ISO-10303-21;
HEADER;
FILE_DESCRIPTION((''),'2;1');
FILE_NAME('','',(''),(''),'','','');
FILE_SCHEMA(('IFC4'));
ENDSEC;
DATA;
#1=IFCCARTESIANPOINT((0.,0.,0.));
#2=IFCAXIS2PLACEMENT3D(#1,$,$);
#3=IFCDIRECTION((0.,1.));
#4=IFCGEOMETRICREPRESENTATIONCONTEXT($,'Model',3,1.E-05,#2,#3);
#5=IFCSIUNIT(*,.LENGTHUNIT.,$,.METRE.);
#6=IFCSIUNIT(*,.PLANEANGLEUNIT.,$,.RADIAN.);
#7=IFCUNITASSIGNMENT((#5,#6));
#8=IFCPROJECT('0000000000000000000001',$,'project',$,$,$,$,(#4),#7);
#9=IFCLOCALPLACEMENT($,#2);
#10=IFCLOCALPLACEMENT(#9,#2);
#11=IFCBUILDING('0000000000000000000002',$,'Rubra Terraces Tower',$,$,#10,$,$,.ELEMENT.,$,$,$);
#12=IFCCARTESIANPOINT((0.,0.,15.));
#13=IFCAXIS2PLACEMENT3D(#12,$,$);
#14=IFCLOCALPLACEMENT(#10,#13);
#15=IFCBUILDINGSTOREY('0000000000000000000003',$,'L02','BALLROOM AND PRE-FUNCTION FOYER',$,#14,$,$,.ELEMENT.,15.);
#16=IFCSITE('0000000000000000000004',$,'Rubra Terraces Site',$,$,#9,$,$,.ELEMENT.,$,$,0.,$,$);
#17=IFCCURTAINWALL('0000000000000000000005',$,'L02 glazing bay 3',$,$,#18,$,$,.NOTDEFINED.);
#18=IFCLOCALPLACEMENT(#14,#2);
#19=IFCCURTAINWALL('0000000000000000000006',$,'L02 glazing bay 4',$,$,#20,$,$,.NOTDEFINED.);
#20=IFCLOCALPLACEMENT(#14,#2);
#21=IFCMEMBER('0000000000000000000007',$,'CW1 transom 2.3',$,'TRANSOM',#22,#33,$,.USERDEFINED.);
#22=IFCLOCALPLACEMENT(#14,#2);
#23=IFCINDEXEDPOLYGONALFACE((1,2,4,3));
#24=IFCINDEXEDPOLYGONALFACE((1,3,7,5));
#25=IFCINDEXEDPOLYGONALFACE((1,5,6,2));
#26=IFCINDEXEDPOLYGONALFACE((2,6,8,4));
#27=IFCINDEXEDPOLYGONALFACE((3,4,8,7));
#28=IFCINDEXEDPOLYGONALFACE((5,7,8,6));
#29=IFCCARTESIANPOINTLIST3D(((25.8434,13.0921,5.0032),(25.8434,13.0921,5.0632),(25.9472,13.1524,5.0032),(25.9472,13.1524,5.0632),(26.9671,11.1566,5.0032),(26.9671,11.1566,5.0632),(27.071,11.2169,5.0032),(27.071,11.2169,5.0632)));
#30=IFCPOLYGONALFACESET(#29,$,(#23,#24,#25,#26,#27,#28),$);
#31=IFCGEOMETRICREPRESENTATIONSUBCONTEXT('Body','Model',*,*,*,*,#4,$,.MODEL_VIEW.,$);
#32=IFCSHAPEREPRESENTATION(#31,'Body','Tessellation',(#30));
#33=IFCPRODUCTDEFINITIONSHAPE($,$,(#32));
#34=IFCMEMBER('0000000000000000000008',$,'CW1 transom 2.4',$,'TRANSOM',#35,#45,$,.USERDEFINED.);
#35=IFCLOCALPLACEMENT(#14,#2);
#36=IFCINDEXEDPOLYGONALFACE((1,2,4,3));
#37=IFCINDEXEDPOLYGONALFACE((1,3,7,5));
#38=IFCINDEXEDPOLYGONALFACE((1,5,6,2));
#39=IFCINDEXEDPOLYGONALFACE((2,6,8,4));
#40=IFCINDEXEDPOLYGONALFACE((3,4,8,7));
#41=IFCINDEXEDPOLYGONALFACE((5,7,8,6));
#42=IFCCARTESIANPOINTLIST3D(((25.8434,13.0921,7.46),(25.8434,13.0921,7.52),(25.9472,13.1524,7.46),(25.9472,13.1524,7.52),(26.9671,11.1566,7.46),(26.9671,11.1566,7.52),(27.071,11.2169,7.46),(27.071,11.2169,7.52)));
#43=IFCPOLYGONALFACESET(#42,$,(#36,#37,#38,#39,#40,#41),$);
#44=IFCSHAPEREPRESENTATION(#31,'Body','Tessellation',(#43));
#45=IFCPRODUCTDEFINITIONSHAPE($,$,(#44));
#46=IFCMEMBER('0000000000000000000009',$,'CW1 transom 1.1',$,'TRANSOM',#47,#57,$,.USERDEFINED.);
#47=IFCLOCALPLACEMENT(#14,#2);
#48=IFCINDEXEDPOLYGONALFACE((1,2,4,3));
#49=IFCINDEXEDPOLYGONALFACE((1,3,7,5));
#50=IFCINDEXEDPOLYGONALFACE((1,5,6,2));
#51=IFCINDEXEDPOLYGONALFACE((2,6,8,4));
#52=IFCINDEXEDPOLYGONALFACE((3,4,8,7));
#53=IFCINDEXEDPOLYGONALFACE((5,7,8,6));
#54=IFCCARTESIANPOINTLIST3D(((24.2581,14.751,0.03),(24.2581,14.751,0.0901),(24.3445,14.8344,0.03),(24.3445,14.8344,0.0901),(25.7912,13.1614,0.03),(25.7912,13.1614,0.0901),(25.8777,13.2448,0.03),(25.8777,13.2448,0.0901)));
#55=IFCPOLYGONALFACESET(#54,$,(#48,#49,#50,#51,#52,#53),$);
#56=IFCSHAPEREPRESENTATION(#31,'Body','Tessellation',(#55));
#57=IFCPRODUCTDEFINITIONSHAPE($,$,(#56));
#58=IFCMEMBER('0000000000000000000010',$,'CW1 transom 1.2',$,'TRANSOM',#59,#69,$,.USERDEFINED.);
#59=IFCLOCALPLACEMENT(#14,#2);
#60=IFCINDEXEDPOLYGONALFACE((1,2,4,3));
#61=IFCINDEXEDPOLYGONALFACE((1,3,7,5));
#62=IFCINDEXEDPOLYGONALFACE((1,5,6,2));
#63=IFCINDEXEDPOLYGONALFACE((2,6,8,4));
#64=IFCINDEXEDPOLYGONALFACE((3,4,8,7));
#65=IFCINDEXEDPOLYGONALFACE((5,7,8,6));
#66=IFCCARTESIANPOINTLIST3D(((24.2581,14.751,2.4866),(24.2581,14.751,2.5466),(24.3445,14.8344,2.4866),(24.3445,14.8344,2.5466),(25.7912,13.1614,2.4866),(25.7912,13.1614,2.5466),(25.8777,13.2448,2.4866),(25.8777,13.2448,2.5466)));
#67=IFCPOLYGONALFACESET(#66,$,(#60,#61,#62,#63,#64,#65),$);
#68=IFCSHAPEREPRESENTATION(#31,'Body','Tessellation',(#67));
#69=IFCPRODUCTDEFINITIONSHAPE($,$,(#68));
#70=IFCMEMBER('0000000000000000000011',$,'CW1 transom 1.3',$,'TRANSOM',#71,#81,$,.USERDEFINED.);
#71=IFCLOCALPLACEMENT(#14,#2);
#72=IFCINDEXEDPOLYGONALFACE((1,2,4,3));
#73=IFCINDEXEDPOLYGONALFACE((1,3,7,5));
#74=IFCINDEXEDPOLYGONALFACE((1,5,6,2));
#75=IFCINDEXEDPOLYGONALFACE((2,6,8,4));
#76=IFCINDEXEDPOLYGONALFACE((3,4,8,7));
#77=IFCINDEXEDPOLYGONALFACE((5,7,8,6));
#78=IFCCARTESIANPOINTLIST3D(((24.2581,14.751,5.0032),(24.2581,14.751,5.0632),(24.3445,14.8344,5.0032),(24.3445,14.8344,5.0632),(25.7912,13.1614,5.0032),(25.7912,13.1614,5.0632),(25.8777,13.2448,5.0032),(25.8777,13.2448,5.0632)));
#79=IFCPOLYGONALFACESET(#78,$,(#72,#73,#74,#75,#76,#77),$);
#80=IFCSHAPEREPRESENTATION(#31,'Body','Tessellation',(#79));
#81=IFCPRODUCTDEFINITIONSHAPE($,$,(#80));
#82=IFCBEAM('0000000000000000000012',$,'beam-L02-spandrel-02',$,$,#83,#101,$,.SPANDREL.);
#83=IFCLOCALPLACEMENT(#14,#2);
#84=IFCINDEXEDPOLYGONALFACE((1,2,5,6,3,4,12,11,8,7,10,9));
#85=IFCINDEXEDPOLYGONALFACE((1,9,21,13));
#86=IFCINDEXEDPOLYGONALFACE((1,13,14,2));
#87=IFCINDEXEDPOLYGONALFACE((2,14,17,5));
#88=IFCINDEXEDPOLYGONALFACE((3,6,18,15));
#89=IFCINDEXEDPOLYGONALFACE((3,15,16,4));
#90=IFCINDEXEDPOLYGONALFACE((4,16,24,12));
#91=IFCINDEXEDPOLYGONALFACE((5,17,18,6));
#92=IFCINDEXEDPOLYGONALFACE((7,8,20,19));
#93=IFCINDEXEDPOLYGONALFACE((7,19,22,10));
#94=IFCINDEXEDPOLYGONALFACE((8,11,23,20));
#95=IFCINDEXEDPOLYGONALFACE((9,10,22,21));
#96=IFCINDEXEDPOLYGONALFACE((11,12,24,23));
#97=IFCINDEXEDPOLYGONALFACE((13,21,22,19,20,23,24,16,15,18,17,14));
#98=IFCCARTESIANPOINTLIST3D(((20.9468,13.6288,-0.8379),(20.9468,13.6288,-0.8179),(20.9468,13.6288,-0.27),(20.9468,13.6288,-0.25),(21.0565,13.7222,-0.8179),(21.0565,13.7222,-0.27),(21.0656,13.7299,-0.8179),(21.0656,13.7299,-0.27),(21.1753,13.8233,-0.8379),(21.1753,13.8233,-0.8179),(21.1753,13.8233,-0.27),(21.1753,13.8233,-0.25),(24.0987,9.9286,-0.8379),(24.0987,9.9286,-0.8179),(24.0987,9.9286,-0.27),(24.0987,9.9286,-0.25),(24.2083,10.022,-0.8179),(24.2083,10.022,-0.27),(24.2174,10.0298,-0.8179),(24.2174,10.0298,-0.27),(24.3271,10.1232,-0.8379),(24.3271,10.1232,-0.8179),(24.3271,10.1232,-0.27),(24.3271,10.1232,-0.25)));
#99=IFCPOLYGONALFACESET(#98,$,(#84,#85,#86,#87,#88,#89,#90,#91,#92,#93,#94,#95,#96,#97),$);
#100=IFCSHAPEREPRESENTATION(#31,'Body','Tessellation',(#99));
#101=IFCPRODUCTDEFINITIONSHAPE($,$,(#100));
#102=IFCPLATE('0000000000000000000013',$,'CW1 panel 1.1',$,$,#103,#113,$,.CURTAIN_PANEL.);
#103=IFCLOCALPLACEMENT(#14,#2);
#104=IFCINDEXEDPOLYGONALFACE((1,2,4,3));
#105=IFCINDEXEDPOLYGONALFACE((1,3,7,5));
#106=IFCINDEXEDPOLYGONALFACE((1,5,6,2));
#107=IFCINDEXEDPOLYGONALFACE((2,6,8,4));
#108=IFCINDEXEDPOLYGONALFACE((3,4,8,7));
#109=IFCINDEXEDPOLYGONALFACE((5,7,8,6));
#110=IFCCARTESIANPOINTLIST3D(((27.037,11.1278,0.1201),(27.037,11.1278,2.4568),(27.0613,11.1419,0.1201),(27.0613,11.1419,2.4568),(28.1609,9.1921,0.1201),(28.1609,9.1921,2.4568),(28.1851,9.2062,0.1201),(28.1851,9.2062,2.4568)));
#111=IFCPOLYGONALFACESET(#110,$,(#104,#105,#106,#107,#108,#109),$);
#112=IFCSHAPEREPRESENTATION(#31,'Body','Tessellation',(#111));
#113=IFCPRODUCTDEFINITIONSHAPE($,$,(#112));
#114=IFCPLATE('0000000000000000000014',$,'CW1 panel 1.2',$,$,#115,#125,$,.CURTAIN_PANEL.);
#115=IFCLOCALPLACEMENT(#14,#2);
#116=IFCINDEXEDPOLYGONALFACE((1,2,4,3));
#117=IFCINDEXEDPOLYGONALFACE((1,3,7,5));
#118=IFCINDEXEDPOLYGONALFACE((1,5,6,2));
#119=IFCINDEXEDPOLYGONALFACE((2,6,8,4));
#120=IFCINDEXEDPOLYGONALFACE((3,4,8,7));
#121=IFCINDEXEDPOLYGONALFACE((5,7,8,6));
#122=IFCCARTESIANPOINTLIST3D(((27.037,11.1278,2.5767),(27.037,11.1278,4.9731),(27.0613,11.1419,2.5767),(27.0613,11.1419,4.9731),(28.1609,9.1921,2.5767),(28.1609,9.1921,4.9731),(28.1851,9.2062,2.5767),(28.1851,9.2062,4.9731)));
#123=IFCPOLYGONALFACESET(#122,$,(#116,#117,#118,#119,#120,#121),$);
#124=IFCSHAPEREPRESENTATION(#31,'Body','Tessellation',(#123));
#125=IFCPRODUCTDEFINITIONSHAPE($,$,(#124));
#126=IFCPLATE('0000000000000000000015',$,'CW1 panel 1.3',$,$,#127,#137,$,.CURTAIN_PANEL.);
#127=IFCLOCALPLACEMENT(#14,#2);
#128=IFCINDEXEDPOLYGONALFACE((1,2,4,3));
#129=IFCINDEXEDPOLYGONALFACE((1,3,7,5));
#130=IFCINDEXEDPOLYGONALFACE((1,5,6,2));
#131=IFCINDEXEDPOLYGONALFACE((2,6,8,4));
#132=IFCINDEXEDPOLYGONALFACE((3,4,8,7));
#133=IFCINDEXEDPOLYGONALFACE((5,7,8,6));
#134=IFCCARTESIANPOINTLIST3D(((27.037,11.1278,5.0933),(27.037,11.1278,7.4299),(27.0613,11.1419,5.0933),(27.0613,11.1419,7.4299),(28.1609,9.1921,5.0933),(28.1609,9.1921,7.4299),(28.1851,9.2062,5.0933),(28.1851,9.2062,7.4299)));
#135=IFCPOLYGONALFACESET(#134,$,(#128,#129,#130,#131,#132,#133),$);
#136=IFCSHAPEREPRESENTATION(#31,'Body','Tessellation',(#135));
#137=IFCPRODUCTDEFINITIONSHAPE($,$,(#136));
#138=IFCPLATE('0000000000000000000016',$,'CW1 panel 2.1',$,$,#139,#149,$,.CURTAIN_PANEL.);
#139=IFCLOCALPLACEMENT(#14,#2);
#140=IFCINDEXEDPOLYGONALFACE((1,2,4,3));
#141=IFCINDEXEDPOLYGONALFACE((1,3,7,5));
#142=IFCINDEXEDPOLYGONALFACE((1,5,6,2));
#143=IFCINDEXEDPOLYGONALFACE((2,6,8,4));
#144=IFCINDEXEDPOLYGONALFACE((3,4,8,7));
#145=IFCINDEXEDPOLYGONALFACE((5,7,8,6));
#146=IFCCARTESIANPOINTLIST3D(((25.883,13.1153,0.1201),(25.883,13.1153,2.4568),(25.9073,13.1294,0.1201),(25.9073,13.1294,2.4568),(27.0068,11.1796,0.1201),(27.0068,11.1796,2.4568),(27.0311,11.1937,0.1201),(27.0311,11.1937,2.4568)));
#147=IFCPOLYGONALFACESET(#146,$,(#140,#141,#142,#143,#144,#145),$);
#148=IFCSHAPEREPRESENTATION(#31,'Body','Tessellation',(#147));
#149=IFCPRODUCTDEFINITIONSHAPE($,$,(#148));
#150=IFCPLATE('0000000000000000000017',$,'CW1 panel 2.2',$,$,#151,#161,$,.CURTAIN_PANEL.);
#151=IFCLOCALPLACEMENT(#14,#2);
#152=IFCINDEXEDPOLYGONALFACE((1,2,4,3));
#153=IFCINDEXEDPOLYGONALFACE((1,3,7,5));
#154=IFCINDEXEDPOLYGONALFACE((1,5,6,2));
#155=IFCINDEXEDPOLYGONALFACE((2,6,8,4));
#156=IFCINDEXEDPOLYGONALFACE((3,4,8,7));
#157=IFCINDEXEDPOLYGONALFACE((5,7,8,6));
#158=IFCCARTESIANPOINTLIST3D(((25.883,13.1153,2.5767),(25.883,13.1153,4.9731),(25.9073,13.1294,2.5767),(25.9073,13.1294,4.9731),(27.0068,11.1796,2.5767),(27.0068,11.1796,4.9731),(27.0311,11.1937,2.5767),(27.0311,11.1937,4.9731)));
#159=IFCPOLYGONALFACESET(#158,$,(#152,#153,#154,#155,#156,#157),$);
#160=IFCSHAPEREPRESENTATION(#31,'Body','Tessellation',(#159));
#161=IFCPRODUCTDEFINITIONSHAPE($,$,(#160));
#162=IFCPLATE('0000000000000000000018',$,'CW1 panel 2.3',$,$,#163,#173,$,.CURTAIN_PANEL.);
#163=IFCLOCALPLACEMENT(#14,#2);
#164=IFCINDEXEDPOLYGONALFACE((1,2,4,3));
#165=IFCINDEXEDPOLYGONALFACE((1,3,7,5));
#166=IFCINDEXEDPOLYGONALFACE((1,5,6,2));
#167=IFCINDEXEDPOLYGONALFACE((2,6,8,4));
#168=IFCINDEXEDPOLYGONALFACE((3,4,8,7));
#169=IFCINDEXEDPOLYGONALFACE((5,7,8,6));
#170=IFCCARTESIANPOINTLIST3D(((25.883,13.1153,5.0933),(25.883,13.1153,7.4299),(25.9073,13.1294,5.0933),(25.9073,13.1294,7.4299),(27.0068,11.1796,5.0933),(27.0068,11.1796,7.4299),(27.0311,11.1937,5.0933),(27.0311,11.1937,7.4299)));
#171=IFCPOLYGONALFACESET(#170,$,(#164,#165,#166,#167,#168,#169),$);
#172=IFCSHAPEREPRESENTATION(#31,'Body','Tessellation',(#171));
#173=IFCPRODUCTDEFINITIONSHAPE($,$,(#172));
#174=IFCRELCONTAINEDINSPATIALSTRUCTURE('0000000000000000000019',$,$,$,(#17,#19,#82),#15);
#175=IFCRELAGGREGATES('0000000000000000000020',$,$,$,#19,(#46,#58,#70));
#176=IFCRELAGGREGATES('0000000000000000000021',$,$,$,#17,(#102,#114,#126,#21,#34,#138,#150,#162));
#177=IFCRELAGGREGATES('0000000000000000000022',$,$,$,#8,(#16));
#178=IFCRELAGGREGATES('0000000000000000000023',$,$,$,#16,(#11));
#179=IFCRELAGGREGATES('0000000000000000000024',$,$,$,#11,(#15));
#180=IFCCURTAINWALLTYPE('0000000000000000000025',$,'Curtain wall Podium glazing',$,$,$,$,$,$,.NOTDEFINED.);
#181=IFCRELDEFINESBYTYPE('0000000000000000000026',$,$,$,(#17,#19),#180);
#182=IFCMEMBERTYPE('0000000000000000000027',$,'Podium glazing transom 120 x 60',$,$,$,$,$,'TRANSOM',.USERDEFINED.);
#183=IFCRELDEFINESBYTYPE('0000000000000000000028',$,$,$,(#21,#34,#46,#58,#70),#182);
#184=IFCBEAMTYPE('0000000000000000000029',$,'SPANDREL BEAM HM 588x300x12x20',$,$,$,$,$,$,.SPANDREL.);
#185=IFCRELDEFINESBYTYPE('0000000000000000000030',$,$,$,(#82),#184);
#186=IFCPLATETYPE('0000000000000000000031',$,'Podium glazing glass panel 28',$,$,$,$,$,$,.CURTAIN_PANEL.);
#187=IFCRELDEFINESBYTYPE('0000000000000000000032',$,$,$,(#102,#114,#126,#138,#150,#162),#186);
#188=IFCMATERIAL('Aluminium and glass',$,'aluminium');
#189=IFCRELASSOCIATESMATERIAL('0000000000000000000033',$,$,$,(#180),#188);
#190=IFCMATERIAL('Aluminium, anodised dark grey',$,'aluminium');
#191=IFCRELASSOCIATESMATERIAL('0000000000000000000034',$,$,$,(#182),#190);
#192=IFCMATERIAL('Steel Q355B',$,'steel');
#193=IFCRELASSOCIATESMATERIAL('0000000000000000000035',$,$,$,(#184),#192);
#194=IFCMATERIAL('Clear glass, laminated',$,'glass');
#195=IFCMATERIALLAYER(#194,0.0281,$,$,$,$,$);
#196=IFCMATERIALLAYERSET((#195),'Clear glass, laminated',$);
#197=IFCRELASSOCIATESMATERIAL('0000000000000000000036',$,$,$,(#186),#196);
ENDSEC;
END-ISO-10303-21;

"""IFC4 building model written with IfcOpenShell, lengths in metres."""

from ifc_helpers import new_model, si_unit, direction, frame, origin, origin_2d, place, context, subcontext, project, spatial, rectangle, i_section, extrude, material, layer, layer_set, material_profile, profile_set, type_object, element, aggregate, save


model = new_model("IFC4")

# Units and contexts
model_context = context("Model", 3, precision=1e-05, world=origin(), true_north=direction((0.0, 1.0)))
body_context = subcontext(model_context, "Body", "Model", "MODEL_VIEW")
ifc_project = project(units=[si_unit("LENGTHUNIT", "METRE"), si_unit("PLANEANGLEUNIT", "RADIAN")], contexts=[model_context])

# Site, building, storey
site_placement = place(None, origin())
site = spatial("IfcSite", under=ifc_project, at=site_placement, Name="Rubra Terraces Site", CompositionType="ELEMENT", RefElevation=0.0)
building_placement = place(site_placement, origin())
building = spatial("IfcBuilding", under=site, at=building_placement, Name="Rubra Terraces Tower", CompositionType="ELEMENT")
storey_placement = place(building_placement, frame((0.0, 0.0, 15.0)))
storey = spatial("IfcBuildingStorey", under=building, at=storey_placement, Name="L02", Description="BALLROOM AND PRE-FUNCTION FOYER", CompositionType="ELEMENT", Elevation=15.0)

# Shared definitions
ifc_material_1 = material(Name="Steel Q355B", Category="steel")

# Curtain wall
ifc_material_2 = material(Name="Aluminium and glass", Category="aluminium")
curtain_wall_type = type_object("IfcCurtainWallType", Name="Curtain wall Podium glazing", PredefinedType="NOTDEFINED", material=ifc_material_2)
curtain_wall_1_placement = place(storey_placement, origin())
curtain_wall_1 = element("IfcCurtainWall", 1, at=curtain_wall_1_placement, inside=storey, type_object=curtain_wall_type, Name="L02 glazing bay 3", PredefinedType="NOTDEFINED")
ifc_material_3 = material(Name="Aluminium, anodised dark grey", Category="aluminium")

# Curtain wall
curtain_wall_2_placement = place(storey_placement, origin())
curtain_wall_2 = element("IfcCurtainWall", 2, at=curtain_wall_2_placement, inside=storey, type_object=curtain_wall_type, Name="L02 glazing bay 4", PredefinedType="NOTDEFINED")

# Members
ifc_material_profile_1 = material_profile(ifc_material_3, rectangle(XDim=0.1201, YDim=0.0601, at=origin_2d()), Name="AL 120x60")
ifc_profile_set_1 = profile_set([ifc_material_profile_1], Name="Aluminium, anodised dark grey")
member_type_1 = type_object("IfcMemberType", Name="Podium glazing transom 120 x 60", ElementType="TRANSOM", PredefinedType="USERDEFINED", material=ifc_profile_set_1)
member_1_placement = place(storey_placement, frame((27.019, 11.1868, 5.0332), z_axis=(-0.502107, 0.864806, 0.0), x_axis=(-0.864806, -0.502107, 0.0)))
member_1 = element("IfcMember", 3, at=member_1_placement, type_object=member_type_1, Name="CW1 transom 2.3", ObjectType="TRANSOM", PredefinedType="USERDEFINED", context=body_context, shape_type="SweptSolid", body=[
    extrude(rectangle(XDim=0.1201, YDim=0.0601, at=origin_2d()), origin(), (0.0, 0.0, 1.0), 2.238),
])
member_2_placement = place(storey_placement, frame((27.019, 11.1868, 7.49), z_axis=(-0.502107, 0.864806, 0.0), x_axis=(-0.864806, -0.502107, 0.0)))
member_2 = element("IfcMember", 4, at=member_2_placement, type_object=member_type_1, Name="CW1 transom 2.4", ObjectType="TRANSOM", PredefinedType="USERDEFINED", context=body_context, shape_type="SweptSolid", body=[
    extrude(rectangle(XDim=0.1201, YDim=0.0601, at=origin_2d()), origin(), (0.0, 0.0, 1.0), 2.238),
])
member_3_placement = place(storey_placement, frame((25.8345, 13.2031, 0.0601), z_axis=(-0.694224, 0.719759, 0.0), x_axis=(-0.719759, -0.694224, 0.0)))
member_3 = element("IfcMember", 5, at=member_3_placement, type_object=member_type_1, Name="CW1 transom 1.1", ObjectType="TRANSOM", PredefinedType="USERDEFINED", context=body_context, shape_type="SweptSolid", body=[
    extrude(rectangle(XDim=0.1201, YDim=0.0601, at=origin_2d()), origin(), (0.0, 0.0, 1.0), 2.2085),
])
member_4_placement = place(storey_placement, frame((25.8345, 13.2031, 2.5166), z_axis=(-0.694224, 0.719759, 0.0), x_axis=(-0.719759, -0.694224, 0.0)))
member_4 = element("IfcMember", 6, at=member_4_placement, type_object=member_type_1, Name="CW1 transom 1.2", ObjectType="TRANSOM", PredefinedType="USERDEFINED", context=body_context, shape_type="SweptSolid", body=[
    extrude(rectangle(XDim=0.1201, YDim=0.0601, at=origin_2d()), origin(), (0.0, 0.0, 1.0), 2.2085),
])
member_5_placement = place(storey_placement, frame((25.8345, 13.2031, 5.0332), z_axis=(-0.694224, 0.719759, 0.0), x_axis=(-0.719759, -0.694224, 0.0)))
member_5 = element("IfcMember", 7, at=member_5_placement, type_object=member_type_1, Name="CW1 transom 1.3", ObjectType="TRANSOM", PredefinedType="USERDEFINED", context=body_context, shape_type="SweptSolid", body=[
    extrude(rectangle(XDim=0.1201, YDim=0.0601, at=origin_2d()), origin(), (0.0, 0.0, 1.0), 2.2085),
])
aggregate(curtain_wall_2, [member_3, member_4, member_5])

# Beam
ifc_material_profile_2 = material_profile(ifc_material_1, i_section(OverallWidth=0.3, OverallDepth=0.5879, WebThickness=0.012, FlangeThickness=0.02, at=origin_2d()), Name="HM 588x300x12x20")
ifc_profile_set_2 = profile_set([ifc_material_profile_2], Name="Steel Q355B")
beam_type_1 = type_object("IfcBeamType", Name="SPANDREL BEAM HM 588x300x12x20", PredefinedType="SPANDREL", material=ifc_profile_set_2)
beam_1_placement = place(storey_placement, frame((24.2129, 10.0259, -0.5439), z_axis=(-0.648447, 0.76126, 0.0), x_axis=(-0.76126, -0.648447, 0.0)))
element("IfcBeam", 8, at=beam_1_placement, inside=storey, type_object=beam_type_1, Name="beam-L02-spandrel-02", PredefinedType="SPANDREL", context=body_context, shape_type="SweptSolid", body=[
    extrude(i_section(OverallWidth=0.3, OverallDepth=0.5879, WebThickness=0.012, FlangeThickness=0.02, at=origin_2d()), origin(), (0.0, 0.0, 1.0), 4.8606),
])

# Plates
ifc_material_4 = material(Name="Clear glass, laminated", Category="glass")
ifc_layer = layer(ifc_material_4, 0.0281)
ifc_layer_set = layer_set([ifc_layer], Name="Clear glass, laminated")
plate_type = type_object("IfcPlateType", Name="Podium glazing glass panel 28", PredefinedType="CURTAIN_PANEL", material=ifc_layer_set)
plate_1_placement = place(storey_placement, frame((27.6111, 10.167, 0.1201), z_axis=(0.0, 0.0, 1.0), x_axis=(-0.502094, 0.864813, 0.0)))
plate_1 = element("IfcPlate", 9, at=plate_1_placement, type_object=plate_type, Name="CW1 panel 1.1", PredefinedType="CURTAIN_PANEL", context=body_context, shape_type="SweptSolid", body=[
    extrude(rectangle(XDim=2.2383, YDim=0.0281, at=origin_2d()), origin(), (0.0, 0.0, 1.0), 2.3367),
])
plate_2_placement = place(storey_placement, frame((27.6111, 10.167, 2.5767), z_axis=(0.0, 0.0, 1.0), x_axis=(-0.502094, 0.864813, 0.0)))
plate_2 = element("IfcPlate", 10, at=plate_2_placement, type_object=plate_type, Name="CW1 panel 1.2", PredefinedType="CURTAIN_PANEL", context=body_context, shape_type="SweptSolid", body=[
    extrude(rectangle(XDim=2.2383, YDim=0.0281, at=origin_2d()), origin(), (0.0, 0.0, 1.0), 2.3965),
])
plate_3_placement = place(storey_placement, frame((27.6111, 10.167, 5.0933), z_axis=(0.0, 0.0, 1.0), x_axis=(-0.502094, 0.864813, 0.0)))
plate_3 = element("IfcPlate", 11, at=plate_3_placement, type_object=plate_type, Name="CW1 panel 1.3", PredefinedType="CURTAIN_PANEL", context=body_context, shape_type="SweptSolid", body=[
    extrude(rectangle(XDim=2.2383, YDim=0.0281, at=origin_2d()), origin(), (0.0, 0.0, 1.0), 2.3367),
])
plate_4_placement = place(storey_placement, frame((26.457, 12.1545, 0.1201), z_axis=(0.0, 0.0, 1.0), x_axis=(-0.502094, 0.864813, 0.0)))
plate_4 = element("IfcPlate", 12, at=plate_4_placement, type_object=plate_type, Name="CW1 panel 2.1", PredefinedType="CURTAIN_PANEL", context=body_context, shape_type="SweptSolid", body=[
    extrude(rectangle(XDim=2.2383, YDim=0.0281, at=origin_2d()), origin(), (0.0, 0.0, 1.0), 2.3367),
])
plate_5_placement = place(storey_placement, frame((26.457, 12.1545, 2.5767), z_axis=(0.0, 0.0, 1.0), x_axis=(-0.502094, 0.864813, 0.0)))
plate_5 = element("IfcPlate", 13, at=plate_5_placement, type_object=plate_type, Name="CW1 panel 2.2", PredefinedType="CURTAIN_PANEL", context=body_context, shape_type="SweptSolid", body=[
    extrude(rectangle(XDim=2.2383, YDim=0.0281, at=origin_2d()), origin(), (0.0, 0.0, 1.0), 2.3965),
])
plate_6_placement = place(storey_placement, frame((26.457, 12.1545, 5.0933), z_axis=(0.0, 0.0, 1.0), x_axis=(-0.502094, 0.864813, 0.0)))
plate_6 = element("IfcPlate", 14, at=plate_6_placement, type_object=plate_type, Name="CW1 panel 2.3", PredefinedType="CURTAIN_PANEL", context=body_context, shape_type="SweptSolid", body=[
    extrude(rectangle(XDim=2.2383, YDim=0.0281, at=origin_2d()), origin(), (0.0, 0.0, 1.0), 2.3367),
])
aggregate(curtain_wall_1, [plate_1, plate_2, plate_3, member_1, member_2, plate_4, plate_5, plate_6])

save(model, "model.ifc")
